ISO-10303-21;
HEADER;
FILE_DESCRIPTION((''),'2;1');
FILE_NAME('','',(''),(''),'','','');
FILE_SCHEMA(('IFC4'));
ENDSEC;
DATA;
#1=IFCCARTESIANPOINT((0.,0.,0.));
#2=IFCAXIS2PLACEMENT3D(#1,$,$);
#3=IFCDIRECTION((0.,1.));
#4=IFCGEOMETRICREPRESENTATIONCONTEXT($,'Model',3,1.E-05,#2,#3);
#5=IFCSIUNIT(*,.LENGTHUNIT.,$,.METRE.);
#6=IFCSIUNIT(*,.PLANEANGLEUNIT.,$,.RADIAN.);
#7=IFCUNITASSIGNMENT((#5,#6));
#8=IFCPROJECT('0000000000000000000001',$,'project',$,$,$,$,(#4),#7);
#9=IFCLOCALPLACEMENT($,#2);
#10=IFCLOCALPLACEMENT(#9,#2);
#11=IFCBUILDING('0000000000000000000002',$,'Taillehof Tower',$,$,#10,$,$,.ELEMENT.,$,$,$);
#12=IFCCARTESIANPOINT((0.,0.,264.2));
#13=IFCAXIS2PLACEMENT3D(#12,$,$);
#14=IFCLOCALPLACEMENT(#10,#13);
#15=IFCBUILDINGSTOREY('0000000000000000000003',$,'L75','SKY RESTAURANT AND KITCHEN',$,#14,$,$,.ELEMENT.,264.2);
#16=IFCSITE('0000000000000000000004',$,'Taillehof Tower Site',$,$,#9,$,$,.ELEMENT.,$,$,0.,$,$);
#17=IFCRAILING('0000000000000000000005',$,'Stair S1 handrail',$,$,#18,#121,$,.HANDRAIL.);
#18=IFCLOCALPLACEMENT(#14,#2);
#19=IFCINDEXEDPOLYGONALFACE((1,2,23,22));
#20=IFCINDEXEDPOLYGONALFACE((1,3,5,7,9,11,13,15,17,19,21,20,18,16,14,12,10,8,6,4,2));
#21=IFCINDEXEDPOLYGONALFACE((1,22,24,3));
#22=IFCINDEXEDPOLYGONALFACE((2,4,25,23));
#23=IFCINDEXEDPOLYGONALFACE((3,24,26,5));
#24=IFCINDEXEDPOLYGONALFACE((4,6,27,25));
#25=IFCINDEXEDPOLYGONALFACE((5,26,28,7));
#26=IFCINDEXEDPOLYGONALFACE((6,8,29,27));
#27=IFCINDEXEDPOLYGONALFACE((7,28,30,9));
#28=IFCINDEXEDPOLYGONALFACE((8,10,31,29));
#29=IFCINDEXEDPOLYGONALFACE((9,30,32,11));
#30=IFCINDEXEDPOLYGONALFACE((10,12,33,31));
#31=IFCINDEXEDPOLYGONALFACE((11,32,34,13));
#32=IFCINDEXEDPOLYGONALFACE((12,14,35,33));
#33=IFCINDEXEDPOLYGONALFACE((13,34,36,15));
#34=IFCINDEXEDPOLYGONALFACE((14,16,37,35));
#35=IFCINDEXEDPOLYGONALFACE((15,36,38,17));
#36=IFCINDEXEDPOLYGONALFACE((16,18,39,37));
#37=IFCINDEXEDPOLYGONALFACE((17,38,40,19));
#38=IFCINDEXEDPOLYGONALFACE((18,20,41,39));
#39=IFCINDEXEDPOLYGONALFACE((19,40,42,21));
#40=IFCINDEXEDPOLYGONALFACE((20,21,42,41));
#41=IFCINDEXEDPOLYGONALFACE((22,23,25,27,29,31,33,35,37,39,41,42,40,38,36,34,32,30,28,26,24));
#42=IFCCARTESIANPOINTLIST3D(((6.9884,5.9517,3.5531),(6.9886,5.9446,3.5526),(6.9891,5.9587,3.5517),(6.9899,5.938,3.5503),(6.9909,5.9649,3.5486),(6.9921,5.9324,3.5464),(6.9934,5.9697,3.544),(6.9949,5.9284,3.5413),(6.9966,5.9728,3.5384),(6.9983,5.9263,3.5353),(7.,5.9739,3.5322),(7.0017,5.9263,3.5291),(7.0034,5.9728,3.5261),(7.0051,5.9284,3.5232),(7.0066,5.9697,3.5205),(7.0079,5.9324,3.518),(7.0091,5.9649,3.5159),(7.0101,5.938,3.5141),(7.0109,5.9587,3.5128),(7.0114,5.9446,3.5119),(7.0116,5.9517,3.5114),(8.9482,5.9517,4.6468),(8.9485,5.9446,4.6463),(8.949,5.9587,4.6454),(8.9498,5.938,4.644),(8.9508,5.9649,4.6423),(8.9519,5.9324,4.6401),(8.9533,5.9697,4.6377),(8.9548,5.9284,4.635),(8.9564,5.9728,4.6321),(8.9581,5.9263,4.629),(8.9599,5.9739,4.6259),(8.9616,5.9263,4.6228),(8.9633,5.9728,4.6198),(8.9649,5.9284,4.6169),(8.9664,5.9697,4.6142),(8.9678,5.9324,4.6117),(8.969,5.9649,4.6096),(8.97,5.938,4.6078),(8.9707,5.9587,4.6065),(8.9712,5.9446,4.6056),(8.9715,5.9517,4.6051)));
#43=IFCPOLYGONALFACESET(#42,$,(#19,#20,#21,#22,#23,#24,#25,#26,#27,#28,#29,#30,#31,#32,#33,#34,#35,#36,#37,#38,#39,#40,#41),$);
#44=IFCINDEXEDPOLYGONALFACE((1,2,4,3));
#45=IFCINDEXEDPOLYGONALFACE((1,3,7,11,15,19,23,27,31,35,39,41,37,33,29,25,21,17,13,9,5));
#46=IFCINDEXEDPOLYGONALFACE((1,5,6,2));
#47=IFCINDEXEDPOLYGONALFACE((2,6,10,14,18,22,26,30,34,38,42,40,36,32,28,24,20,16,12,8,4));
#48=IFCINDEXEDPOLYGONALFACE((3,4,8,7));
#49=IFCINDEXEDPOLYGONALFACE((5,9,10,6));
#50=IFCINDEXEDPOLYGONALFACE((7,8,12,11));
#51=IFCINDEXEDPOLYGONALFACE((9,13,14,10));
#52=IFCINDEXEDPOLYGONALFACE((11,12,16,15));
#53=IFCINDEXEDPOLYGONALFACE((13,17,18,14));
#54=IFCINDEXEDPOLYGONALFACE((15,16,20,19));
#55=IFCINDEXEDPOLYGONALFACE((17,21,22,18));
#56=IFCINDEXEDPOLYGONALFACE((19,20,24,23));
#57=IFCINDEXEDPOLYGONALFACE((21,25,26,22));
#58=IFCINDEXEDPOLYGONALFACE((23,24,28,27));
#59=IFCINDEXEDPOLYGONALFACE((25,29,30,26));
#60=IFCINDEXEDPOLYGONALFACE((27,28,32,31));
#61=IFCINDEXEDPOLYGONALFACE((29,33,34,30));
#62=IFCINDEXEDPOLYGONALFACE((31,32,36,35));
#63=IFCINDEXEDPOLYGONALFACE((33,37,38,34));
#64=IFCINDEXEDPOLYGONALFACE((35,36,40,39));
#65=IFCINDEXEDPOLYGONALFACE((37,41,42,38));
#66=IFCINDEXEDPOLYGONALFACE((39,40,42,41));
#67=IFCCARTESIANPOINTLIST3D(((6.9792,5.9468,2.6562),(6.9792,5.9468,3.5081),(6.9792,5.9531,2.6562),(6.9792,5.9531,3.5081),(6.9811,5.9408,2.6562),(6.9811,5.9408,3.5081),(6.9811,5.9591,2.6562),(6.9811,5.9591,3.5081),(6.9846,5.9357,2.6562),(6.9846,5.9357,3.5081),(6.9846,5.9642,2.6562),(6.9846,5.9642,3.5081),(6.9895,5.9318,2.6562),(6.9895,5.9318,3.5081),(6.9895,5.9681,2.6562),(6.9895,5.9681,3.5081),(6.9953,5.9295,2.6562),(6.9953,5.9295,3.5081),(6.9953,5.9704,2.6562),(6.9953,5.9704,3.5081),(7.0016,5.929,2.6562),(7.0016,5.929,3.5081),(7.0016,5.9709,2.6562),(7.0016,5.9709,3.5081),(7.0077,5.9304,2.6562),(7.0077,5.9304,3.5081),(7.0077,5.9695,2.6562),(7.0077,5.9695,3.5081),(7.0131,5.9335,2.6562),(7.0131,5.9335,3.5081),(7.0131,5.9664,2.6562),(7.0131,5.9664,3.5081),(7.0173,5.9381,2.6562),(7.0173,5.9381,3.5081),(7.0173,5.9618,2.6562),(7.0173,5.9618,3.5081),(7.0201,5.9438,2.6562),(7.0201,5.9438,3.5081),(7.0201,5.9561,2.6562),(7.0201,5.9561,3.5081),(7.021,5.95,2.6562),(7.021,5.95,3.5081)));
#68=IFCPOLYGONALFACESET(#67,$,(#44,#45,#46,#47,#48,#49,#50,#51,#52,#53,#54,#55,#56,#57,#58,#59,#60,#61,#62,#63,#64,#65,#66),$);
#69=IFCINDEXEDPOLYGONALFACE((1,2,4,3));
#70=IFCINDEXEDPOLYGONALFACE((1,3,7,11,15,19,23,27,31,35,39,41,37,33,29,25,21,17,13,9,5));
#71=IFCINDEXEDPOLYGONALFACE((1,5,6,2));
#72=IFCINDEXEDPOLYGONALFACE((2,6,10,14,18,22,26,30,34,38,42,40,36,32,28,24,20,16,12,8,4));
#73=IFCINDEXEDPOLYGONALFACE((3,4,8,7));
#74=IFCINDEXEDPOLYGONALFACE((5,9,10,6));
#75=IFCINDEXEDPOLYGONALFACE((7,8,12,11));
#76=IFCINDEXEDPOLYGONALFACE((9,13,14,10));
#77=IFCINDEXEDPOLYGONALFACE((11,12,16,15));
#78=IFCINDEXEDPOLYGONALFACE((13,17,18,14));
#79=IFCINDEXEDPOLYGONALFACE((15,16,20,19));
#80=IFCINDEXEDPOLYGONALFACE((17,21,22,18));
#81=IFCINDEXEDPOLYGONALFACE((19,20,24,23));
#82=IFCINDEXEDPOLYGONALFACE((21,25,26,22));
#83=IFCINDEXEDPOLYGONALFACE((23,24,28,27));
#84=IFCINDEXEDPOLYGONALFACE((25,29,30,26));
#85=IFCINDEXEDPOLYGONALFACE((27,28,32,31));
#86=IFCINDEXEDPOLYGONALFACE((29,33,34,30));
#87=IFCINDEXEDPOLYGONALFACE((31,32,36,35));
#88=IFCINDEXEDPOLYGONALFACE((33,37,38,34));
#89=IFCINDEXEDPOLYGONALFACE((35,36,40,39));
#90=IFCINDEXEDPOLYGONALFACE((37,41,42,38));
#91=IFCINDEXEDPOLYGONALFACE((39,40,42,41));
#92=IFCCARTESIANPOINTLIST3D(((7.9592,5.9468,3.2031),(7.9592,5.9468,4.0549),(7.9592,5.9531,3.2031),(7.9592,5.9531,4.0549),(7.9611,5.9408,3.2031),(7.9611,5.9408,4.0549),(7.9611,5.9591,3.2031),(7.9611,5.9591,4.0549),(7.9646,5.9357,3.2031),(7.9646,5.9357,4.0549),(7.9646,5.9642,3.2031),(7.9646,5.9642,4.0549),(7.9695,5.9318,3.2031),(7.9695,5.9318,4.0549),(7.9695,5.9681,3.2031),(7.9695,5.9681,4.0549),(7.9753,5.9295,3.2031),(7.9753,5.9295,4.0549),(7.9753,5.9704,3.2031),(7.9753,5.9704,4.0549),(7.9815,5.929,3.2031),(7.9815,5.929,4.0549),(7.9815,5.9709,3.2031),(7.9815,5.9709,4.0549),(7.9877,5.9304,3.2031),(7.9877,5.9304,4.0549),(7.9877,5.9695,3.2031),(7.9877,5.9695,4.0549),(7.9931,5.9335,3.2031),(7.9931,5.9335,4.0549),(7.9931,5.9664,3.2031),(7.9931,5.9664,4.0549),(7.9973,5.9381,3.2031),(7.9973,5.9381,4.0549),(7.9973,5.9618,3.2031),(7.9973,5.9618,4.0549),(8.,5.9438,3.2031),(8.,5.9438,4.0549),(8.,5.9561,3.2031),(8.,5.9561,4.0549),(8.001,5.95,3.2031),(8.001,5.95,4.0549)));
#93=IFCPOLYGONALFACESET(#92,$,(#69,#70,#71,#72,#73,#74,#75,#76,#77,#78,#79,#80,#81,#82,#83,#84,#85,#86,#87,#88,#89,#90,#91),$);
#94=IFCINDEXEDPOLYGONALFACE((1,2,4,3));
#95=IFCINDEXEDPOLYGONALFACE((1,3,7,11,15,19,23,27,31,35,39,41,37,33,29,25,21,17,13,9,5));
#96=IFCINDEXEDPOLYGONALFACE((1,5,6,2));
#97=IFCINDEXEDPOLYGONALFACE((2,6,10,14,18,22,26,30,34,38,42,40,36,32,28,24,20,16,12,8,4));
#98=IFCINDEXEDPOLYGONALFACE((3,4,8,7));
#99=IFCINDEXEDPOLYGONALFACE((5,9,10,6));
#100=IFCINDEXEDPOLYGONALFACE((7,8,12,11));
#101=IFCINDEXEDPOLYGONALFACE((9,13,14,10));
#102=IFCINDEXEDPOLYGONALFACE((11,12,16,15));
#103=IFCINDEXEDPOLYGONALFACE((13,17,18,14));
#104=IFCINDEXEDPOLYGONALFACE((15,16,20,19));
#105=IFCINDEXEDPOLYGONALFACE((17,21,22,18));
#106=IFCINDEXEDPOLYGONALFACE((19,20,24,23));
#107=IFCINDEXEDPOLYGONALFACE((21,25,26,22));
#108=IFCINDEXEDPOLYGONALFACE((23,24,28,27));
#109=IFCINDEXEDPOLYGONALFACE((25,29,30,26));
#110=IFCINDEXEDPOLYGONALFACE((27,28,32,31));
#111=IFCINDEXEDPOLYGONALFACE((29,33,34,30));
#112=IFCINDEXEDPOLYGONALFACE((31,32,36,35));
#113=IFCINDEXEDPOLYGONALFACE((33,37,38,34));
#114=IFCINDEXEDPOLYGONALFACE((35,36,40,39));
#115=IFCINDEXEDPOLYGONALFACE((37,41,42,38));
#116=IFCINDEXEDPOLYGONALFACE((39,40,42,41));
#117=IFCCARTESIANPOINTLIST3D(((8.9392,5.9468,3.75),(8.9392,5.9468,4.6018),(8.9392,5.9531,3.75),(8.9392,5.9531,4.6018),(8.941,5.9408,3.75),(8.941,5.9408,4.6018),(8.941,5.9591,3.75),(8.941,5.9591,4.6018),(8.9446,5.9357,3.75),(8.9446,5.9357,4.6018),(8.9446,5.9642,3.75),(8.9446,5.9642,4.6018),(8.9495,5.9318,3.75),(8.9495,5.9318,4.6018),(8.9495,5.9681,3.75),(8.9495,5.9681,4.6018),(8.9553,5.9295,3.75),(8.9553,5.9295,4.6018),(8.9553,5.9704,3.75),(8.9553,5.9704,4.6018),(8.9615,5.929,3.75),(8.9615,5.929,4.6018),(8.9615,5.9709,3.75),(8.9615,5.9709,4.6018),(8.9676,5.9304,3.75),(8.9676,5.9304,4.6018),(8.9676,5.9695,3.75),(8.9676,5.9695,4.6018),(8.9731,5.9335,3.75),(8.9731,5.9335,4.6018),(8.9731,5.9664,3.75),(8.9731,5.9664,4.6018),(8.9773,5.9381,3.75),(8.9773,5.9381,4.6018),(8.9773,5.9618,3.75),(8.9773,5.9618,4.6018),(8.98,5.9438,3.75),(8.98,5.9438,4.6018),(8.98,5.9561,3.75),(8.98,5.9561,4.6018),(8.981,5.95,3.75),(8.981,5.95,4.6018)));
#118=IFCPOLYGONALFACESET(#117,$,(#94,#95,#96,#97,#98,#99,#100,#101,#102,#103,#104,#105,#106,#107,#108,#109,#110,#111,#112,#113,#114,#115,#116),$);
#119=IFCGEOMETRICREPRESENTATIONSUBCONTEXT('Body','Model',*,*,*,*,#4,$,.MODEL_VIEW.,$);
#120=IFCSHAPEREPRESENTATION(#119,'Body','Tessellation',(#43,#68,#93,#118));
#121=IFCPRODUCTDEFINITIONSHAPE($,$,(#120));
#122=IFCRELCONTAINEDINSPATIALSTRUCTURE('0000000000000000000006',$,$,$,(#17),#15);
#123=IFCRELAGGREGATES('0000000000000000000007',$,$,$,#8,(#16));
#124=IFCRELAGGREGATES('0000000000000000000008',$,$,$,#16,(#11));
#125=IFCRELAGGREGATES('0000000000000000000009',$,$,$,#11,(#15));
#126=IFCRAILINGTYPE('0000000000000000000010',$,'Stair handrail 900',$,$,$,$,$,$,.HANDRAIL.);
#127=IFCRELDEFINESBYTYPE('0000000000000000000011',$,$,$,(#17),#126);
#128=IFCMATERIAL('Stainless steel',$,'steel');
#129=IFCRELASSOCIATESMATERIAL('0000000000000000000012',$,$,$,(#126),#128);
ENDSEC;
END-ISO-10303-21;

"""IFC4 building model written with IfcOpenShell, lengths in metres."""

from ifc_helpers import new_model, si_unit, direction, frame, origin, origin_2d, place, context, subcontext, project, spatial, circle, extrude, material, type_object, element, save


model = new_model("IFC4")

# Units and contexts
model_context = context("Model", 3, precision=1e-05, world=origin(), true_north=direction((0.0, 1.0)))
body_context = subcontext(model_context, "Body", "Model", "MODEL_VIEW")
ifc_project = project(units=[si_unit("LENGTHUNIT", "METRE"), si_unit("PLANEANGLEUNIT", "RADIAN")], contexts=[model_context])

# Site, building, storey
site_placement = place(None, origin())
site = spatial("IfcSite", under=ifc_project, at=site_placement, Name="Taillehof Tower Site", CompositionType="ELEMENT", RefElevation=0.0)
building_placement = place(site_placement, origin())
building = spatial("IfcBuilding", under=site, at=building_placement, Name="Taillehof Tower", CompositionType="ELEMENT")
storey_placement = place(building_placement, frame((0.0, 0.0, 264.2)))
storey = spatial("IfcBuildingStorey", under=building, at=storey_placement, Name="L75", Description="SKY RESTAURANT AND KITCHEN", CompositionType="ELEMENT", Elevation=264.2)

# Railing
ifc_material_1 = material(Name="Stainless steel", Category="steel")
railing_type = type_object("IfcRailingType", Name="Stair handrail 900", PredefinedType="HANDRAIL", material=ifc_material_1)
railing_1_placement = place(storey_placement, frame((7.0, 5.95, 2.6562)))
element("IfcRailing", 1, at=railing_1_placement, inside=storey, type_object=railing_type, Name="Stair S1 handrail", PredefinedType="HANDRAIL", context=body_context, shape_type="SweptSolid", body=[
    extrude(circle(Radius=0.0239, at=origin_2d()), frame((0.0, 0.0, 0.876), z_axis=(0.873232, 0.0, 0.487304), x_axis=(0.0, 1.0, 0.0)), (0.0, 0.0, 1.0), 2.2444),
    extrude(circle(Radius=0.021, at=origin_2d()), origin(), (0.0, 0.0, 1.0), 0.8518),
    extrude(circle(Radius=0.021, at=origin_2d()), frame((0.98, 0.0, 0.5469)), (0.0, 0.0, 1.0), 0.8518),
    extrude(circle(Radius=0.021, at=origin_2d()), frame((1.96, 0.0, 1.0938)), (0.0, 0.0, 1.0), 0.8518),
])

save(model, "model.ifc")
